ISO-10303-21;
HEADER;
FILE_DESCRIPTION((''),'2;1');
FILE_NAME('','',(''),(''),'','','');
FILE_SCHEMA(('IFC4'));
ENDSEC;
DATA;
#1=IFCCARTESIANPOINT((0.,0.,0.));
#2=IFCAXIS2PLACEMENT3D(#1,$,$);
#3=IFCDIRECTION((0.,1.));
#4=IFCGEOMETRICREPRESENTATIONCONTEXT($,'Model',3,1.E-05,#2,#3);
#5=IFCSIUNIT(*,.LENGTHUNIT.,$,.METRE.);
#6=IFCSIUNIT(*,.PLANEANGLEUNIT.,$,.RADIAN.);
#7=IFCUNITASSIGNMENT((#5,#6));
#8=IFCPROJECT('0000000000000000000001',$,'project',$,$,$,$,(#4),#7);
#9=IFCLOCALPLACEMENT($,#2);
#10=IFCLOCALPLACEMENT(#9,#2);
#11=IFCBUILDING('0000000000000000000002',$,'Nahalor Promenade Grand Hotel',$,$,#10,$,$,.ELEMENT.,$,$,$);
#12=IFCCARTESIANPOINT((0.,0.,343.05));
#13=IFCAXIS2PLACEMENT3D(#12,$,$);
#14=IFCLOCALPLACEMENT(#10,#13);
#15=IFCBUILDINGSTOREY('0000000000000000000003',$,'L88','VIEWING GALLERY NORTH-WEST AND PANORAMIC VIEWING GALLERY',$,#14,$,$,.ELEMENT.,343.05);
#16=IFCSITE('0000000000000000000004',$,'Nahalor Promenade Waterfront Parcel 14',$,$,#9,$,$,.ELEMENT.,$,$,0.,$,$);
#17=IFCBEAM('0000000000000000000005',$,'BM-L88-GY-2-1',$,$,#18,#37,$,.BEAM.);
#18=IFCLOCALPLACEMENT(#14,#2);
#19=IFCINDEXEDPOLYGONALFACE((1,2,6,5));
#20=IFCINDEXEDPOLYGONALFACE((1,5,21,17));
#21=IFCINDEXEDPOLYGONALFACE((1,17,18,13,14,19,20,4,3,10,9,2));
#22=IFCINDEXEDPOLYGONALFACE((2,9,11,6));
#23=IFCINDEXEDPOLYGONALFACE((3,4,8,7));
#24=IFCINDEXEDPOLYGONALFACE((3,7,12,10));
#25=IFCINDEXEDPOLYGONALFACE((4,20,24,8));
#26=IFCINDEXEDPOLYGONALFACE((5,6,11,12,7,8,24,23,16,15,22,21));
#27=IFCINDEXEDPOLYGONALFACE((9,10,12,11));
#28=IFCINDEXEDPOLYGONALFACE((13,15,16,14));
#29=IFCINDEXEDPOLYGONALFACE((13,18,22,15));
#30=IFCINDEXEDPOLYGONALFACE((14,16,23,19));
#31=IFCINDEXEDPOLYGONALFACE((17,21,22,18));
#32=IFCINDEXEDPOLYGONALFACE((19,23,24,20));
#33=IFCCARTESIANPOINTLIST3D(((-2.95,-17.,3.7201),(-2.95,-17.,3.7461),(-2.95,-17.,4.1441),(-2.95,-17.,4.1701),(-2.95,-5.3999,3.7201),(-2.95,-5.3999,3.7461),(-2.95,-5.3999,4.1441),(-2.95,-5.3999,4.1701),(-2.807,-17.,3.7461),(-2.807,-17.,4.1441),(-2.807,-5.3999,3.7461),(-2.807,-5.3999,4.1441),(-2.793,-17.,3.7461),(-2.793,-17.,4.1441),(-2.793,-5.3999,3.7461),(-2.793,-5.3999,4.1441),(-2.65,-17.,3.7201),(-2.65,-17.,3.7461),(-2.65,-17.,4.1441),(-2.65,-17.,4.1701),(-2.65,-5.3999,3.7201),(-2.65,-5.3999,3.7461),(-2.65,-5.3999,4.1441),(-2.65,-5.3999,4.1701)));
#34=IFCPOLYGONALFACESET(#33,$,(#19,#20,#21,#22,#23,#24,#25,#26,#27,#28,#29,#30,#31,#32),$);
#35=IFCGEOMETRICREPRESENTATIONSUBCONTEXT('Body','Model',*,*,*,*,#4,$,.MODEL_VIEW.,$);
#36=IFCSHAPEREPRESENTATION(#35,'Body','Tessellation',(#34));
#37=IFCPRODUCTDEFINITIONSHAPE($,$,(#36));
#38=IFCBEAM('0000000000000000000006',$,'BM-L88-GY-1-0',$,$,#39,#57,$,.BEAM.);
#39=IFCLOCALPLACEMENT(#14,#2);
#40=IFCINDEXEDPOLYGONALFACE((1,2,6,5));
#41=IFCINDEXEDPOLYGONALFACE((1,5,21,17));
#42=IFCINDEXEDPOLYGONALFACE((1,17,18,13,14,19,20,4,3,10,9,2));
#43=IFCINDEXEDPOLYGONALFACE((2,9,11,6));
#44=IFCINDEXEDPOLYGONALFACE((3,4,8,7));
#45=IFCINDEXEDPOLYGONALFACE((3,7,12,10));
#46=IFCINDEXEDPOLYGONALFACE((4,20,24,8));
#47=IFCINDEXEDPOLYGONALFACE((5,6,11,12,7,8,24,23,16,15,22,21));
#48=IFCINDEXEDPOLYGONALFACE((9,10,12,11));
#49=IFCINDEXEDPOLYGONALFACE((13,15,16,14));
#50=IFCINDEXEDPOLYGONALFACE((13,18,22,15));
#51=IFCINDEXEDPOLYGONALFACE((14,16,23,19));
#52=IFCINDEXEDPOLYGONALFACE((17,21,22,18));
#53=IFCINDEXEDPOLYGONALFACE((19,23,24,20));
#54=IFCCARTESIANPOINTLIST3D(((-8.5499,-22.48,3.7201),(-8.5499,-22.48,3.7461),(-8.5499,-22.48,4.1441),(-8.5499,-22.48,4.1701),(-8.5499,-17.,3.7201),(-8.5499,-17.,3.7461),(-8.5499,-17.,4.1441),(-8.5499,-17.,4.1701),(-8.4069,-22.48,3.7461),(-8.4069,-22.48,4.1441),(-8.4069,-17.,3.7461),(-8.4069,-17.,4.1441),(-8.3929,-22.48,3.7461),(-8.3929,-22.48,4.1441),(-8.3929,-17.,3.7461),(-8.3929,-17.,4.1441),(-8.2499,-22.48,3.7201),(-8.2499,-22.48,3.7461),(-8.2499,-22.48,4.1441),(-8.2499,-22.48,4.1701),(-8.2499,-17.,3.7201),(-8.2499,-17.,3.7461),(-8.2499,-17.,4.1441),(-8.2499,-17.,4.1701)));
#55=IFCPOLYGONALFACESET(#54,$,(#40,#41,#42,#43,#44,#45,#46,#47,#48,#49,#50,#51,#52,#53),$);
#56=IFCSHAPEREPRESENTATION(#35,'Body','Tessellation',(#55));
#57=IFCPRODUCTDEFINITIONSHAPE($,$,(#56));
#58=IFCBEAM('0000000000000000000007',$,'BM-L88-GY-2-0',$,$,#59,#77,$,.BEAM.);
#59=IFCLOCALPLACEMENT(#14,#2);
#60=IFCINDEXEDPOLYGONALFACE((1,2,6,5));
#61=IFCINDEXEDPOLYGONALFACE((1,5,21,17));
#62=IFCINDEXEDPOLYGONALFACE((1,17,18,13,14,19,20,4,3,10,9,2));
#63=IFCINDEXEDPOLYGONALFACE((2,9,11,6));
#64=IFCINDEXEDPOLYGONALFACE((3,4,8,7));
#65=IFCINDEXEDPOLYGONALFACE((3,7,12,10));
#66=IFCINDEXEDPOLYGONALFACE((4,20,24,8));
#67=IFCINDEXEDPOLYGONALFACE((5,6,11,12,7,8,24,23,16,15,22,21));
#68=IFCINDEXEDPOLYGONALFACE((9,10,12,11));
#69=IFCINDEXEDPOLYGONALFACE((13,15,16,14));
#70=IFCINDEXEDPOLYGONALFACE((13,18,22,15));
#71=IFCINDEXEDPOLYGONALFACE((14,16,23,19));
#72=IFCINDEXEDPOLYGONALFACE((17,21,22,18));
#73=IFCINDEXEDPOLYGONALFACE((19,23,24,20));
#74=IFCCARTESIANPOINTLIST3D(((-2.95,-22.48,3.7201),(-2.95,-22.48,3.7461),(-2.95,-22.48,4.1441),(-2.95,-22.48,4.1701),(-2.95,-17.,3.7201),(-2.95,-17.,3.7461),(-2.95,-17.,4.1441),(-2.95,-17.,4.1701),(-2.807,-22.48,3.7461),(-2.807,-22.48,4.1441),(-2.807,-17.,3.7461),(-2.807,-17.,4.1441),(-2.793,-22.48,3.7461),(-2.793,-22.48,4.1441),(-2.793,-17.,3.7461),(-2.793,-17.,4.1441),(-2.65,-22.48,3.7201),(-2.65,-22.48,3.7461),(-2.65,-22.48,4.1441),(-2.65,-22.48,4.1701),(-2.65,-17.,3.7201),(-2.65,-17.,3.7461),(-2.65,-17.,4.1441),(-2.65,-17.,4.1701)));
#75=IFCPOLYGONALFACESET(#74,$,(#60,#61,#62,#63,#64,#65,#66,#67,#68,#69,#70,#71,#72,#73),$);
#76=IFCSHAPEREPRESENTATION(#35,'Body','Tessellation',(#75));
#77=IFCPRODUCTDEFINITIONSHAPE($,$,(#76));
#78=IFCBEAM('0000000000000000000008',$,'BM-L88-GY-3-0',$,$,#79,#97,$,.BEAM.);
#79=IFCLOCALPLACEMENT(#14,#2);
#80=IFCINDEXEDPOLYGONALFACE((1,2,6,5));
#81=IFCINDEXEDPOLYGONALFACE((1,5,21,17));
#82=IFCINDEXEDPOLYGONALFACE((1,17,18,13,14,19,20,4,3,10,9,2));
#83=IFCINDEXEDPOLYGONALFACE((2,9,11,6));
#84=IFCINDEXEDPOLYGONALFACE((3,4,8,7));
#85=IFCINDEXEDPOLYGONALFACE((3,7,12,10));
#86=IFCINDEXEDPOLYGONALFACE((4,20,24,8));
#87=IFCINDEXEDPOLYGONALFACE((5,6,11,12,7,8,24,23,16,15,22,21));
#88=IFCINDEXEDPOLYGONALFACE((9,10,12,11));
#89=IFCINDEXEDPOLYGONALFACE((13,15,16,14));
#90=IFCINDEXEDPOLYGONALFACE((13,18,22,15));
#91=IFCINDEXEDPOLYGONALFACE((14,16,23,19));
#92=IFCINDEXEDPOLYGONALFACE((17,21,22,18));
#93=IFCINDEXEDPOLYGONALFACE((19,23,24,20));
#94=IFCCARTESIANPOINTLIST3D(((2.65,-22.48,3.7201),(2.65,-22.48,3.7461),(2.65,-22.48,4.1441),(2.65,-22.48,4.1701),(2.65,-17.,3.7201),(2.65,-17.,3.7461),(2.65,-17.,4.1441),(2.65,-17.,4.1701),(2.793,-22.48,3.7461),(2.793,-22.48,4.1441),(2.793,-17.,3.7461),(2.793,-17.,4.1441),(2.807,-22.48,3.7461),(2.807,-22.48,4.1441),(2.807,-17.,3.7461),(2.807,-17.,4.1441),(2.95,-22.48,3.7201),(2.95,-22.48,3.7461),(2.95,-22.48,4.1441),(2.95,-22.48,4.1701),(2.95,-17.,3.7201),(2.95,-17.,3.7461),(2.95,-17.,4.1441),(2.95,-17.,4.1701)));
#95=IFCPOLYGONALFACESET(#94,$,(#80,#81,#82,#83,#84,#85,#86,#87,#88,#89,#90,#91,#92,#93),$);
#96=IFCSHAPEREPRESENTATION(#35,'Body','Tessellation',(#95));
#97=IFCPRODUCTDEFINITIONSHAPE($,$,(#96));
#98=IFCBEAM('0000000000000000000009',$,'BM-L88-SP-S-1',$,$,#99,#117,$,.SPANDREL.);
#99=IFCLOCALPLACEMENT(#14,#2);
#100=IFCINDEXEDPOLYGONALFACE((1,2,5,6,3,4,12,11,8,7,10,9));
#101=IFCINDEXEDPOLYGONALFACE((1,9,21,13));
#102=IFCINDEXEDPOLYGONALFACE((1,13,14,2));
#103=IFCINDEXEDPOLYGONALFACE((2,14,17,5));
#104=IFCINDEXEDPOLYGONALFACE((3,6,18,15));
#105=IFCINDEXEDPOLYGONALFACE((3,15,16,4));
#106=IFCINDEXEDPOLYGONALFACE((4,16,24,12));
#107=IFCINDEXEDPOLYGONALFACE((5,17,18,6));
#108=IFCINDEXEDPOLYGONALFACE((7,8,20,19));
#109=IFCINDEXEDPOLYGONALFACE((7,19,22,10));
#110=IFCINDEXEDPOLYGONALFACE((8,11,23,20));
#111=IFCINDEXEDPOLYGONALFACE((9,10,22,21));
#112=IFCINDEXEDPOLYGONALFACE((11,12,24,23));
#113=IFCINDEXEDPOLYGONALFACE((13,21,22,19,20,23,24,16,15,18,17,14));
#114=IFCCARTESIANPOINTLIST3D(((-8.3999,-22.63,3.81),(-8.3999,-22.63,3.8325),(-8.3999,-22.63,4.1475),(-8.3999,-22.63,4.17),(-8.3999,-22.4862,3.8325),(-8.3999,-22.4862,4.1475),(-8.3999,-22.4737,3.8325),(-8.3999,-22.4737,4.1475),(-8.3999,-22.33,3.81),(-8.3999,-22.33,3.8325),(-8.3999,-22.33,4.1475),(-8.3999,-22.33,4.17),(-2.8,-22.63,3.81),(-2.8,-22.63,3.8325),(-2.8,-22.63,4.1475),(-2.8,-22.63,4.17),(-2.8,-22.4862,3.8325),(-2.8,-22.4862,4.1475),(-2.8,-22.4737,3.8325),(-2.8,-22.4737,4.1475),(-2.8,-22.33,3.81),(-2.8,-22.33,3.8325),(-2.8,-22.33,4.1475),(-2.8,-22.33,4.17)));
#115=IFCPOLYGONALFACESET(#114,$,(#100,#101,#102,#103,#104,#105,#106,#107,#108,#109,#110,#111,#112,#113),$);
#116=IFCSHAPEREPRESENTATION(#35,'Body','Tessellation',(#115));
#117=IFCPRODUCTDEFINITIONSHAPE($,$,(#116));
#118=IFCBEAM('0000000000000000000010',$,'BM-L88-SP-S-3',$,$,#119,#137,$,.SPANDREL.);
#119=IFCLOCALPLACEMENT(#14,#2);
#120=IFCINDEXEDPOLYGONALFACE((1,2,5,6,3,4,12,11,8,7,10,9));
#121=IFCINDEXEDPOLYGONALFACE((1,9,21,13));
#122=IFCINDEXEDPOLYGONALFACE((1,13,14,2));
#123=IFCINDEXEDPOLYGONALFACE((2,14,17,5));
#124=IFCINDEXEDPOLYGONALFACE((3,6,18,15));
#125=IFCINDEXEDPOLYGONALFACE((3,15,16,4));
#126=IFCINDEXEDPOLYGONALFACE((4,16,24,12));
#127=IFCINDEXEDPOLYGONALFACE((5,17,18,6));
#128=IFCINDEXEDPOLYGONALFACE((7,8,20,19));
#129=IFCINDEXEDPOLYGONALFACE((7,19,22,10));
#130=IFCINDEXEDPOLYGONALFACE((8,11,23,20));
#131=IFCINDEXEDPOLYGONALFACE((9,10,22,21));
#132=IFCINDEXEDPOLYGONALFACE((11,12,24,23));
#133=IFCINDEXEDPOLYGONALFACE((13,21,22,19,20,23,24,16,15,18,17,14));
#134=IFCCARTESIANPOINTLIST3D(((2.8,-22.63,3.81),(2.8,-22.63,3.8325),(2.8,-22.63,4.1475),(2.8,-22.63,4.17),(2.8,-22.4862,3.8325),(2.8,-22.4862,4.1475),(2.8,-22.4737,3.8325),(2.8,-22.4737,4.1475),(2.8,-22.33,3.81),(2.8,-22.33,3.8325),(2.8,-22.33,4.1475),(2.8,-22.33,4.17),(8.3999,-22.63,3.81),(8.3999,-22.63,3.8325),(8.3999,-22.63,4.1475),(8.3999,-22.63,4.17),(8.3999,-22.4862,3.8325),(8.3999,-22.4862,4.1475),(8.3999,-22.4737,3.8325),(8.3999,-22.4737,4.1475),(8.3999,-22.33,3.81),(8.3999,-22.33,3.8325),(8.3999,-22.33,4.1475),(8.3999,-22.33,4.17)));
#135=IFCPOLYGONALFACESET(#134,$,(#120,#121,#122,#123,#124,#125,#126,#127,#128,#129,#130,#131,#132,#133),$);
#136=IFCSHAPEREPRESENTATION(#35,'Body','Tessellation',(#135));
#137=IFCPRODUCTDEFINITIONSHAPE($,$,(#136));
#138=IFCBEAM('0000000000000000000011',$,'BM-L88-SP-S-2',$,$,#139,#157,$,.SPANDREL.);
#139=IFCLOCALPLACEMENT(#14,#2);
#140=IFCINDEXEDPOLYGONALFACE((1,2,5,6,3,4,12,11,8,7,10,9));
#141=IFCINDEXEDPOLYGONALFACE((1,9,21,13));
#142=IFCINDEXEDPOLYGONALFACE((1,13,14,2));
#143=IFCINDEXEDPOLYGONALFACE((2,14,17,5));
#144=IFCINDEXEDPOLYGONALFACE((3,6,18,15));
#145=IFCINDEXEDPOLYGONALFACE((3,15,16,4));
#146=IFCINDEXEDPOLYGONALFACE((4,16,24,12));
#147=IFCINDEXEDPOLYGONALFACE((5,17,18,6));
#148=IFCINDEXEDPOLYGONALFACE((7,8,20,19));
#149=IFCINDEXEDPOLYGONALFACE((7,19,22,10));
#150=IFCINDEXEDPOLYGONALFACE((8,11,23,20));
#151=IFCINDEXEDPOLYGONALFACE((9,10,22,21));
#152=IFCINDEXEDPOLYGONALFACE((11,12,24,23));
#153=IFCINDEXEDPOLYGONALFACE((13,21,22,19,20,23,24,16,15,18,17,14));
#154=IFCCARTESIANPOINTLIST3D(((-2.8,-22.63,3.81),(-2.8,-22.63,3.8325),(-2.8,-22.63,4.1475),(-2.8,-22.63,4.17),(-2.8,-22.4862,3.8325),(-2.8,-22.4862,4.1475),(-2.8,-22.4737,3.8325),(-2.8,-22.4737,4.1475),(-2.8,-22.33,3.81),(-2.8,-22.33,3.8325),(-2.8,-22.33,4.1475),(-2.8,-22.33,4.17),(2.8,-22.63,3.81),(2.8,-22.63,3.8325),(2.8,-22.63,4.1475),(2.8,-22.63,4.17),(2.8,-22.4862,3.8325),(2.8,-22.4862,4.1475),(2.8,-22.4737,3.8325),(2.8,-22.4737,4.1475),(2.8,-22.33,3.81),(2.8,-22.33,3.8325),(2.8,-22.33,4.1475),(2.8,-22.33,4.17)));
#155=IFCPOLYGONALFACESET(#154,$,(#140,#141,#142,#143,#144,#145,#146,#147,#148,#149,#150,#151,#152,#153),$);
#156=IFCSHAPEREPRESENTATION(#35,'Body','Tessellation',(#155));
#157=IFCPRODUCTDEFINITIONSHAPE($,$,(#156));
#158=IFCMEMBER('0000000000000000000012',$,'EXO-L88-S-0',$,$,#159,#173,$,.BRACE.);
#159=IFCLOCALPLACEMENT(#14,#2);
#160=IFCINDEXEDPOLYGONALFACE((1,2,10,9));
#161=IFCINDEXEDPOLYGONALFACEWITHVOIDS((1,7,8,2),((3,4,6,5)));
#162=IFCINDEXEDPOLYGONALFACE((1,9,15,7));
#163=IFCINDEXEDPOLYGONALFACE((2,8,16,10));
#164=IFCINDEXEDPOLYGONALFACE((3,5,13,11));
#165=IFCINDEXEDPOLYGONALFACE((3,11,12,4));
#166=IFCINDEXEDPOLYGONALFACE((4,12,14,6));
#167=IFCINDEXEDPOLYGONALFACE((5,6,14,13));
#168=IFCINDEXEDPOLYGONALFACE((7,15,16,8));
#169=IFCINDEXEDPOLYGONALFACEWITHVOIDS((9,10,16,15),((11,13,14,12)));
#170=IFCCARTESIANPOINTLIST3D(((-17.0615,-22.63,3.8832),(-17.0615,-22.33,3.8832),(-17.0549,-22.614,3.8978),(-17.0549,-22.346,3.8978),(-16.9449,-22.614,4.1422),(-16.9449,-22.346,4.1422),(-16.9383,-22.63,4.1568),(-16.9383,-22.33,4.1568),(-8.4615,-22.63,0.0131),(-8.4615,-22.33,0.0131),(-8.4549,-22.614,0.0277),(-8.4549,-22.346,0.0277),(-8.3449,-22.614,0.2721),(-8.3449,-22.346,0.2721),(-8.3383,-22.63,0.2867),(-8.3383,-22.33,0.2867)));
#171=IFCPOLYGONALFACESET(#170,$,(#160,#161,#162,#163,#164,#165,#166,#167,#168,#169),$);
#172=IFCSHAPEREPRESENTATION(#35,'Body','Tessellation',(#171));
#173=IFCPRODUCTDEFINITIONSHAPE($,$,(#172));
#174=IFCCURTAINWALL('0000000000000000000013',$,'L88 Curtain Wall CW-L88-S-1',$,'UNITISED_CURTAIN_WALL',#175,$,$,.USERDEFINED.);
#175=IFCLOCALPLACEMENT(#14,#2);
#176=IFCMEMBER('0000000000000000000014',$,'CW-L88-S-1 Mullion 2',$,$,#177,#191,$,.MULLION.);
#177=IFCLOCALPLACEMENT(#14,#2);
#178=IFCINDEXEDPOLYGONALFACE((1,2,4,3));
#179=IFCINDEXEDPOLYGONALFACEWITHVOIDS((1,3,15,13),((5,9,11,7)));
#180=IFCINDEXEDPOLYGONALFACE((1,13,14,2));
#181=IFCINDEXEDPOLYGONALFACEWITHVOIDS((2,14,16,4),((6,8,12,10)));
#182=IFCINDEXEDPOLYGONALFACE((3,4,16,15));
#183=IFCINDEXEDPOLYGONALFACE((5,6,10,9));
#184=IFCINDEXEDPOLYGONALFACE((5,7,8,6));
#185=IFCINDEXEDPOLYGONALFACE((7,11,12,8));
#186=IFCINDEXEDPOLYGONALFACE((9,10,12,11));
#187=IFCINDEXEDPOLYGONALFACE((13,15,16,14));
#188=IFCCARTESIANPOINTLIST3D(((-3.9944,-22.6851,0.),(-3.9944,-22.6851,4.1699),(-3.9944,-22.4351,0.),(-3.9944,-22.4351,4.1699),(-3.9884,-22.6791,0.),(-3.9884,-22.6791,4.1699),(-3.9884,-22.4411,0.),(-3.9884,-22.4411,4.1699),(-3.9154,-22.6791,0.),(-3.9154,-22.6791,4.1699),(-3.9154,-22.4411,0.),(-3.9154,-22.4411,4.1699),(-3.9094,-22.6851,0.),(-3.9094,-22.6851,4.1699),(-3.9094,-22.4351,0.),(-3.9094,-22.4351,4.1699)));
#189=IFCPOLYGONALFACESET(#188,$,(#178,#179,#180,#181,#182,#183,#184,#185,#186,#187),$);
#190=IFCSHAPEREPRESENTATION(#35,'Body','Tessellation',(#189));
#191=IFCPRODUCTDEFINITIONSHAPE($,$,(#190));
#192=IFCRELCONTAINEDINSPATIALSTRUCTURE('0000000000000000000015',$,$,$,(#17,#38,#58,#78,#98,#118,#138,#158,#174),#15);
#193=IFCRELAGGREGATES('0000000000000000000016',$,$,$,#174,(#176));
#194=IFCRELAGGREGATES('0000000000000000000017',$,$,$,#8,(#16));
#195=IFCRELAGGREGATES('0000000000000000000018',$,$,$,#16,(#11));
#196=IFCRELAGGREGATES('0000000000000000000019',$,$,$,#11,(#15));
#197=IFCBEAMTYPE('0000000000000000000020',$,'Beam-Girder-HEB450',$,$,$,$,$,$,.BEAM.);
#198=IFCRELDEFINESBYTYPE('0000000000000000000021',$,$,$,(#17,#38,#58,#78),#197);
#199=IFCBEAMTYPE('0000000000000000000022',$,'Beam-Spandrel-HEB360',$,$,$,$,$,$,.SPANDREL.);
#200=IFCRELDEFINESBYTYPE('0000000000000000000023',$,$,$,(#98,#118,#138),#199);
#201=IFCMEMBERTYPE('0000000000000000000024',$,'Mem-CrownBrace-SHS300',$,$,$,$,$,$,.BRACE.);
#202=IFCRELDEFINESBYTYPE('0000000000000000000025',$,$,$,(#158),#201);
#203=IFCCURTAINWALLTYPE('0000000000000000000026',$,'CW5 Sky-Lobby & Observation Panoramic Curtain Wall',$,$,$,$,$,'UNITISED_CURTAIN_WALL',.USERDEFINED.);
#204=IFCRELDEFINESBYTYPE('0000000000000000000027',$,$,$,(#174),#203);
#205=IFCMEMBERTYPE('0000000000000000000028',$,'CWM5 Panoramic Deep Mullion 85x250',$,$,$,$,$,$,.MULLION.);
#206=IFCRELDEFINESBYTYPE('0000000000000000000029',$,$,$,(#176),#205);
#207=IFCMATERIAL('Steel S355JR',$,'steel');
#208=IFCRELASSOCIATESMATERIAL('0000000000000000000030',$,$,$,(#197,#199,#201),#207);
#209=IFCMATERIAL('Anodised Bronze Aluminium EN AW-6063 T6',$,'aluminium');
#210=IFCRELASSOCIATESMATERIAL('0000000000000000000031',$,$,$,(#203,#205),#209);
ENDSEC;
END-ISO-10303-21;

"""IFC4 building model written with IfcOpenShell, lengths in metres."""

from ifc_helpers import new_model, si_unit, direction, frame, origin, origin_2d, place, context, subcontext, project, spatial, hollow_rectangle, i_section, extrude, source, transform, mapped, material, material_profile, profile_set, type_object, element, aggregate, save


model = new_model("IFC4")

# Units and contexts
model_context = context("Model", 3, precision=1e-05, world=origin(), true_north=direction((0.0, 1.0)))
body_context = subcontext(model_context, "Body", "Model", "MODEL_VIEW")
ifc_project = project(units=[si_unit("LENGTHUNIT", "METRE"), si_unit("PLANEANGLEUNIT", "RADIAN")], contexts=[model_context])

# Site, building, storey
site_placement = place(None, origin())
site = spatial("IfcSite", under=ifc_project, at=site_placement, Name="Nahalor Promenade Waterfront Parcel 14", CompositionType="ELEMENT", RefElevation=0.0)
building_placement = place(site_placement, origin())
building = spatial("IfcBuilding", under=site, at=building_placement, Name="Nahalor Promenade Grand Hotel", CompositionType="ELEMENT")
storey_placement = place(building_placement, frame((0.0, 0.0, 343.05)))
storey = spatial("IfcBuildingStorey", under=building, at=storey_placement, Name="L88", Description="VIEWING GALLERY NORTH-WEST AND PANORAMIC VIEWING GALLERY", CompositionType="ELEMENT", Elevation=343.05)

# Shared definitions
ifc_material_1 = material(Name="Steel S355JR", Category="steel")

# Beams
ifc_material_profile_1 = material_profile(ifc_material_1, i_section(OverallWidth=0.3, OverallDepth=0.45, WebThickness=0.014, FlangeThickness=0.026, at=origin_2d()), Name="HEB 450")
ifc_profile_set_1 = profile_set([ifc_material_profile_1], Name="Steel S355JR")
beam_type_1 = type_object("IfcBeamType", Name="Beam-Girder-HEB450", PredefinedType="BEAM", material=ifc_profile_set_1)
shared_shape_1 = source(origin(), body_context, "Body", "SweptSolid", [
    extrude(i_section(OverallWidth=0.3, OverallDepth=0.45, WebThickness=0.014, FlangeThickness=0.026, at=origin_2d()), origin(), (0.0, 0.0, 1.0), 11.6001),
])
for number, where, z_axis, x_axis, name in (
    (1, (-2.8, -17.0, 3.9451), (0.0, 1.0, 0.0), (-1.0, 0.0, 0.0), "BM-L88-GY-2-1"),
):
    element("IfcBeam", number, at=place(storey_placement, frame(where, z_axis=z_axis, x_axis=x_axis)), inside=storey, type_object=beam_type_1, Name=name, PredefinedType="BEAM", context=body_context, shape_type="MappedRepresentation", body=[
        mapped(shared_shape_1, transform((0.0, 0.0, 0.0), scale=1.0)),
    ])
shared_shape_2 = source(origin(), body_context, "Body", "SweptSolid", [
    extrude(i_section(OverallWidth=0.3, OverallDepth=0.45, WebThickness=0.014, FlangeThickness=0.026, at=origin_2d()), origin(), (0.0, 0.0, 1.0), 5.48),
])
for number, where, z_axis, x_axis, name in (
    (2, (-8.3999, -22.48, 3.9451), (0.0, 1.0, 0.0), (-1.0, 0.0, 0.0), "BM-L88-GY-1-0"),
    (3, (-2.8, -22.48, 3.9451), (0.0, 1.0, 0.0), (-1.0, 0.0, 0.0), "BM-L88-GY-2-0"),
    (4, (2.8, -22.48, 3.9451), (0.0, 1.0, 0.0), (-1.0, 0.0, 0.0), "BM-L88-GY-3-0"),
):
    element("IfcBeam", number, at=place(storey_placement, frame(where, z_axis=z_axis, x_axis=x_axis)), inside=storey, type_object=beam_type_1, Name=name, PredefinedType="BEAM", context=body_context, shape_type="MappedRepresentation", body=[
        mapped(shared_shape_2, transform((0.0, 0.0, 0.0), scale=1.0)),
    ])
ifc_material_profile_2 = material_profile(ifc_material_1, i_section(OverallWidth=0.3, OverallDepth=0.36, WebThickness=0.0125, FlangeThickness=0.0225, at=origin_2d()), Name="HEB 360")
ifc_profile_set_2 = profile_set([ifc_material_profile_2], Name="Steel S355JR")
beam_type_2 = type_object("IfcBeamType", Name="Beam-Spandrel-HEB360", PredefinedType="SPANDREL", material=ifc_profile_set_2)
shared_shape_3 = source(origin(), body_context, "Body", "SweptSolid", [
    extrude(i_section(OverallWidth=0.3, OverallDepth=0.36, WebThickness=0.0125, FlangeThickness=0.0225, at=origin_2d()), origin(), (0.0, 0.0, 1.0), 5.5999),
])
for number, where, z_axis, x_axis, name in (
    (5, (-8.3999, -22.48, 3.99), (1.0, 0.0, 0.0), (0.0, 1.0, 0.0), "BM-L88-SP-S-1"),
    (6, (2.8, -22.48, 3.99), (1.0, 0.0, 0.0), (0.0, 1.0, 0.0), "BM-L88-SP-S-3"),
):
    element("IfcBeam", number, at=place(storey_placement, frame(where, z_axis=z_axis, x_axis=x_axis)), inside=storey, type_object=beam_type_2, Name=name, PredefinedType="SPANDREL", context=body_context, shape_type="MappedRepresentation", body=[
        mapped(shared_shape_3, transform((0.0, 0.0, 0.0), scale=1.0)),
    ])
shared_shape_4 = source(origin(), body_context, "Body", "SweptSolid", [
    extrude(i_section(OverallWidth=0.3, OverallDepth=0.36, WebThickness=0.0125, FlangeThickness=0.0225, at=origin_2d()), origin(), (0.0, 0.0, 1.0), 5.6001),
])
beam_1_placement = place(storey_placement, frame((-2.8, -22.48, 3.99), z_axis=(1.0, 0.0, 0.0), x_axis=(0.0, 1.0, 0.0)))
element("IfcBeam", 7, at=beam_1_placement, inside=storey, type_object=beam_type_2, Name="BM-L88-SP-S-2", PredefinedType="SPANDREL", context=body_context, shape_type="MappedRepresentation", body=[
    mapped(shared_shape_4, transform((0.0, 0.0, 0.0), scale=1.0)),
])

# Member
ifc_material_profile_3 = material_profile(ifc_material_1, hollow_rectangle(XDim=0.3, YDim=0.3, WallThickness=0.016, at=origin_2d()), Name="SHS 300x300x16")
ifc_profile_set_3 = profile_set([ifc_material_profile_3], Name="Steel S355JR")
member_type_1 = type_object("IfcMemberType", Name="Mem-CrownBrace-SHS300", PredefinedType="BRACE", material=ifc_profile_set_3)
shared_shape_5 = source(origin(), body_context, "Body", "SweptSolid", [
    extrude(hollow_rectangle(XDim=0.3, YDim=0.3, WallThickness=0.016, at=origin_2d()), origin(), (0.0, 0.0, 1.0), 9.4307),
])
member_1_placement = place(storey_placement, frame((-8.3999, -22.48, 0.1499), z_axis=(-0.911919, 0.0, 0.410371), x_axis=(0.0, -1.0, 0.0)))
element("IfcMember", 8, at=member_1_placement, inside=storey, type_object=member_type_1, Name="EXO-L88-S-0", PredefinedType="BRACE", context=body_context, shape_type="MappedRepresentation", body=[
    mapped(shared_shape_5, transform((0.0, 0.0, 0.0), scale=1.0)),
])

# Curtain wall, member
ifc_material_2 = material(Name="Anodised Bronze Aluminium EN AW-6063 T6", Category="aluminium")
curtain_wall_type = type_object("IfcCurtainWallType", Name="CW5 Sky-Lobby & Observation Panoramic Curtain Wall", ElementType="UNITISED_CURTAIN_WALL", PredefinedType="USERDEFINED", material=ifc_material_2)
curtain_wall_placement = place(storey_placement, origin())
curtain_wall = element("IfcCurtainWall", 9, at=curtain_wall_placement, inside=storey, type_object=curtain_wall_type, Name="L88 Curtain Wall CW-L88-S-1", ObjectType="UNITISED_CURTAIN_WALL", PredefinedType="USERDEFINED")
ifc_material_profile_4 = material_profile(ifc_material_2, hollow_rectangle(XDim=0.085, YDim=0.25, WallThickness=0.006, at=origin_2d()), Name="CWM 85x250x6")
ifc_profile_set_4 = profile_set([ifc_material_profile_4], Name="Anodised Bronze Aluminium EN AW-6063 T6")
member_type_2 = type_object("IfcMemberType", Name="CWM5 Panoramic Deep Mullion 85x250", PredefinedType="MULLION", material=ifc_profile_set_4)
shared_shape_6 = source(origin(), body_context, "Body", "SweptSolid", [
    extrude(hollow_rectangle(XDim=0.085, YDim=0.25, WallThickness=0.006, at=origin_2d()), origin(), (0.0, 0.0, 1.0), 4.1699),
])
member_2_placement = place(storey_placement, frame((-3.9519, -22.5601, 0.0), z_axis=(0.0, 0.0, 1.0), x_axis=(1.0, 0.0, 0.0)))
member_2 = element("IfcMember", 10, at=member_2_placement, type_object=member_type_2, Name="CW-L88-S-1 Mullion 2", PredefinedType="MULLION", context=body_context, shape_type="MappedRepresentation", body=[
    mapped(shared_shape_6, transform((0.0, 0.0, 0.0), scale=1.0)),
])
aggregate(curtain_wall, [member_2])

save(model, "model.ifc")
